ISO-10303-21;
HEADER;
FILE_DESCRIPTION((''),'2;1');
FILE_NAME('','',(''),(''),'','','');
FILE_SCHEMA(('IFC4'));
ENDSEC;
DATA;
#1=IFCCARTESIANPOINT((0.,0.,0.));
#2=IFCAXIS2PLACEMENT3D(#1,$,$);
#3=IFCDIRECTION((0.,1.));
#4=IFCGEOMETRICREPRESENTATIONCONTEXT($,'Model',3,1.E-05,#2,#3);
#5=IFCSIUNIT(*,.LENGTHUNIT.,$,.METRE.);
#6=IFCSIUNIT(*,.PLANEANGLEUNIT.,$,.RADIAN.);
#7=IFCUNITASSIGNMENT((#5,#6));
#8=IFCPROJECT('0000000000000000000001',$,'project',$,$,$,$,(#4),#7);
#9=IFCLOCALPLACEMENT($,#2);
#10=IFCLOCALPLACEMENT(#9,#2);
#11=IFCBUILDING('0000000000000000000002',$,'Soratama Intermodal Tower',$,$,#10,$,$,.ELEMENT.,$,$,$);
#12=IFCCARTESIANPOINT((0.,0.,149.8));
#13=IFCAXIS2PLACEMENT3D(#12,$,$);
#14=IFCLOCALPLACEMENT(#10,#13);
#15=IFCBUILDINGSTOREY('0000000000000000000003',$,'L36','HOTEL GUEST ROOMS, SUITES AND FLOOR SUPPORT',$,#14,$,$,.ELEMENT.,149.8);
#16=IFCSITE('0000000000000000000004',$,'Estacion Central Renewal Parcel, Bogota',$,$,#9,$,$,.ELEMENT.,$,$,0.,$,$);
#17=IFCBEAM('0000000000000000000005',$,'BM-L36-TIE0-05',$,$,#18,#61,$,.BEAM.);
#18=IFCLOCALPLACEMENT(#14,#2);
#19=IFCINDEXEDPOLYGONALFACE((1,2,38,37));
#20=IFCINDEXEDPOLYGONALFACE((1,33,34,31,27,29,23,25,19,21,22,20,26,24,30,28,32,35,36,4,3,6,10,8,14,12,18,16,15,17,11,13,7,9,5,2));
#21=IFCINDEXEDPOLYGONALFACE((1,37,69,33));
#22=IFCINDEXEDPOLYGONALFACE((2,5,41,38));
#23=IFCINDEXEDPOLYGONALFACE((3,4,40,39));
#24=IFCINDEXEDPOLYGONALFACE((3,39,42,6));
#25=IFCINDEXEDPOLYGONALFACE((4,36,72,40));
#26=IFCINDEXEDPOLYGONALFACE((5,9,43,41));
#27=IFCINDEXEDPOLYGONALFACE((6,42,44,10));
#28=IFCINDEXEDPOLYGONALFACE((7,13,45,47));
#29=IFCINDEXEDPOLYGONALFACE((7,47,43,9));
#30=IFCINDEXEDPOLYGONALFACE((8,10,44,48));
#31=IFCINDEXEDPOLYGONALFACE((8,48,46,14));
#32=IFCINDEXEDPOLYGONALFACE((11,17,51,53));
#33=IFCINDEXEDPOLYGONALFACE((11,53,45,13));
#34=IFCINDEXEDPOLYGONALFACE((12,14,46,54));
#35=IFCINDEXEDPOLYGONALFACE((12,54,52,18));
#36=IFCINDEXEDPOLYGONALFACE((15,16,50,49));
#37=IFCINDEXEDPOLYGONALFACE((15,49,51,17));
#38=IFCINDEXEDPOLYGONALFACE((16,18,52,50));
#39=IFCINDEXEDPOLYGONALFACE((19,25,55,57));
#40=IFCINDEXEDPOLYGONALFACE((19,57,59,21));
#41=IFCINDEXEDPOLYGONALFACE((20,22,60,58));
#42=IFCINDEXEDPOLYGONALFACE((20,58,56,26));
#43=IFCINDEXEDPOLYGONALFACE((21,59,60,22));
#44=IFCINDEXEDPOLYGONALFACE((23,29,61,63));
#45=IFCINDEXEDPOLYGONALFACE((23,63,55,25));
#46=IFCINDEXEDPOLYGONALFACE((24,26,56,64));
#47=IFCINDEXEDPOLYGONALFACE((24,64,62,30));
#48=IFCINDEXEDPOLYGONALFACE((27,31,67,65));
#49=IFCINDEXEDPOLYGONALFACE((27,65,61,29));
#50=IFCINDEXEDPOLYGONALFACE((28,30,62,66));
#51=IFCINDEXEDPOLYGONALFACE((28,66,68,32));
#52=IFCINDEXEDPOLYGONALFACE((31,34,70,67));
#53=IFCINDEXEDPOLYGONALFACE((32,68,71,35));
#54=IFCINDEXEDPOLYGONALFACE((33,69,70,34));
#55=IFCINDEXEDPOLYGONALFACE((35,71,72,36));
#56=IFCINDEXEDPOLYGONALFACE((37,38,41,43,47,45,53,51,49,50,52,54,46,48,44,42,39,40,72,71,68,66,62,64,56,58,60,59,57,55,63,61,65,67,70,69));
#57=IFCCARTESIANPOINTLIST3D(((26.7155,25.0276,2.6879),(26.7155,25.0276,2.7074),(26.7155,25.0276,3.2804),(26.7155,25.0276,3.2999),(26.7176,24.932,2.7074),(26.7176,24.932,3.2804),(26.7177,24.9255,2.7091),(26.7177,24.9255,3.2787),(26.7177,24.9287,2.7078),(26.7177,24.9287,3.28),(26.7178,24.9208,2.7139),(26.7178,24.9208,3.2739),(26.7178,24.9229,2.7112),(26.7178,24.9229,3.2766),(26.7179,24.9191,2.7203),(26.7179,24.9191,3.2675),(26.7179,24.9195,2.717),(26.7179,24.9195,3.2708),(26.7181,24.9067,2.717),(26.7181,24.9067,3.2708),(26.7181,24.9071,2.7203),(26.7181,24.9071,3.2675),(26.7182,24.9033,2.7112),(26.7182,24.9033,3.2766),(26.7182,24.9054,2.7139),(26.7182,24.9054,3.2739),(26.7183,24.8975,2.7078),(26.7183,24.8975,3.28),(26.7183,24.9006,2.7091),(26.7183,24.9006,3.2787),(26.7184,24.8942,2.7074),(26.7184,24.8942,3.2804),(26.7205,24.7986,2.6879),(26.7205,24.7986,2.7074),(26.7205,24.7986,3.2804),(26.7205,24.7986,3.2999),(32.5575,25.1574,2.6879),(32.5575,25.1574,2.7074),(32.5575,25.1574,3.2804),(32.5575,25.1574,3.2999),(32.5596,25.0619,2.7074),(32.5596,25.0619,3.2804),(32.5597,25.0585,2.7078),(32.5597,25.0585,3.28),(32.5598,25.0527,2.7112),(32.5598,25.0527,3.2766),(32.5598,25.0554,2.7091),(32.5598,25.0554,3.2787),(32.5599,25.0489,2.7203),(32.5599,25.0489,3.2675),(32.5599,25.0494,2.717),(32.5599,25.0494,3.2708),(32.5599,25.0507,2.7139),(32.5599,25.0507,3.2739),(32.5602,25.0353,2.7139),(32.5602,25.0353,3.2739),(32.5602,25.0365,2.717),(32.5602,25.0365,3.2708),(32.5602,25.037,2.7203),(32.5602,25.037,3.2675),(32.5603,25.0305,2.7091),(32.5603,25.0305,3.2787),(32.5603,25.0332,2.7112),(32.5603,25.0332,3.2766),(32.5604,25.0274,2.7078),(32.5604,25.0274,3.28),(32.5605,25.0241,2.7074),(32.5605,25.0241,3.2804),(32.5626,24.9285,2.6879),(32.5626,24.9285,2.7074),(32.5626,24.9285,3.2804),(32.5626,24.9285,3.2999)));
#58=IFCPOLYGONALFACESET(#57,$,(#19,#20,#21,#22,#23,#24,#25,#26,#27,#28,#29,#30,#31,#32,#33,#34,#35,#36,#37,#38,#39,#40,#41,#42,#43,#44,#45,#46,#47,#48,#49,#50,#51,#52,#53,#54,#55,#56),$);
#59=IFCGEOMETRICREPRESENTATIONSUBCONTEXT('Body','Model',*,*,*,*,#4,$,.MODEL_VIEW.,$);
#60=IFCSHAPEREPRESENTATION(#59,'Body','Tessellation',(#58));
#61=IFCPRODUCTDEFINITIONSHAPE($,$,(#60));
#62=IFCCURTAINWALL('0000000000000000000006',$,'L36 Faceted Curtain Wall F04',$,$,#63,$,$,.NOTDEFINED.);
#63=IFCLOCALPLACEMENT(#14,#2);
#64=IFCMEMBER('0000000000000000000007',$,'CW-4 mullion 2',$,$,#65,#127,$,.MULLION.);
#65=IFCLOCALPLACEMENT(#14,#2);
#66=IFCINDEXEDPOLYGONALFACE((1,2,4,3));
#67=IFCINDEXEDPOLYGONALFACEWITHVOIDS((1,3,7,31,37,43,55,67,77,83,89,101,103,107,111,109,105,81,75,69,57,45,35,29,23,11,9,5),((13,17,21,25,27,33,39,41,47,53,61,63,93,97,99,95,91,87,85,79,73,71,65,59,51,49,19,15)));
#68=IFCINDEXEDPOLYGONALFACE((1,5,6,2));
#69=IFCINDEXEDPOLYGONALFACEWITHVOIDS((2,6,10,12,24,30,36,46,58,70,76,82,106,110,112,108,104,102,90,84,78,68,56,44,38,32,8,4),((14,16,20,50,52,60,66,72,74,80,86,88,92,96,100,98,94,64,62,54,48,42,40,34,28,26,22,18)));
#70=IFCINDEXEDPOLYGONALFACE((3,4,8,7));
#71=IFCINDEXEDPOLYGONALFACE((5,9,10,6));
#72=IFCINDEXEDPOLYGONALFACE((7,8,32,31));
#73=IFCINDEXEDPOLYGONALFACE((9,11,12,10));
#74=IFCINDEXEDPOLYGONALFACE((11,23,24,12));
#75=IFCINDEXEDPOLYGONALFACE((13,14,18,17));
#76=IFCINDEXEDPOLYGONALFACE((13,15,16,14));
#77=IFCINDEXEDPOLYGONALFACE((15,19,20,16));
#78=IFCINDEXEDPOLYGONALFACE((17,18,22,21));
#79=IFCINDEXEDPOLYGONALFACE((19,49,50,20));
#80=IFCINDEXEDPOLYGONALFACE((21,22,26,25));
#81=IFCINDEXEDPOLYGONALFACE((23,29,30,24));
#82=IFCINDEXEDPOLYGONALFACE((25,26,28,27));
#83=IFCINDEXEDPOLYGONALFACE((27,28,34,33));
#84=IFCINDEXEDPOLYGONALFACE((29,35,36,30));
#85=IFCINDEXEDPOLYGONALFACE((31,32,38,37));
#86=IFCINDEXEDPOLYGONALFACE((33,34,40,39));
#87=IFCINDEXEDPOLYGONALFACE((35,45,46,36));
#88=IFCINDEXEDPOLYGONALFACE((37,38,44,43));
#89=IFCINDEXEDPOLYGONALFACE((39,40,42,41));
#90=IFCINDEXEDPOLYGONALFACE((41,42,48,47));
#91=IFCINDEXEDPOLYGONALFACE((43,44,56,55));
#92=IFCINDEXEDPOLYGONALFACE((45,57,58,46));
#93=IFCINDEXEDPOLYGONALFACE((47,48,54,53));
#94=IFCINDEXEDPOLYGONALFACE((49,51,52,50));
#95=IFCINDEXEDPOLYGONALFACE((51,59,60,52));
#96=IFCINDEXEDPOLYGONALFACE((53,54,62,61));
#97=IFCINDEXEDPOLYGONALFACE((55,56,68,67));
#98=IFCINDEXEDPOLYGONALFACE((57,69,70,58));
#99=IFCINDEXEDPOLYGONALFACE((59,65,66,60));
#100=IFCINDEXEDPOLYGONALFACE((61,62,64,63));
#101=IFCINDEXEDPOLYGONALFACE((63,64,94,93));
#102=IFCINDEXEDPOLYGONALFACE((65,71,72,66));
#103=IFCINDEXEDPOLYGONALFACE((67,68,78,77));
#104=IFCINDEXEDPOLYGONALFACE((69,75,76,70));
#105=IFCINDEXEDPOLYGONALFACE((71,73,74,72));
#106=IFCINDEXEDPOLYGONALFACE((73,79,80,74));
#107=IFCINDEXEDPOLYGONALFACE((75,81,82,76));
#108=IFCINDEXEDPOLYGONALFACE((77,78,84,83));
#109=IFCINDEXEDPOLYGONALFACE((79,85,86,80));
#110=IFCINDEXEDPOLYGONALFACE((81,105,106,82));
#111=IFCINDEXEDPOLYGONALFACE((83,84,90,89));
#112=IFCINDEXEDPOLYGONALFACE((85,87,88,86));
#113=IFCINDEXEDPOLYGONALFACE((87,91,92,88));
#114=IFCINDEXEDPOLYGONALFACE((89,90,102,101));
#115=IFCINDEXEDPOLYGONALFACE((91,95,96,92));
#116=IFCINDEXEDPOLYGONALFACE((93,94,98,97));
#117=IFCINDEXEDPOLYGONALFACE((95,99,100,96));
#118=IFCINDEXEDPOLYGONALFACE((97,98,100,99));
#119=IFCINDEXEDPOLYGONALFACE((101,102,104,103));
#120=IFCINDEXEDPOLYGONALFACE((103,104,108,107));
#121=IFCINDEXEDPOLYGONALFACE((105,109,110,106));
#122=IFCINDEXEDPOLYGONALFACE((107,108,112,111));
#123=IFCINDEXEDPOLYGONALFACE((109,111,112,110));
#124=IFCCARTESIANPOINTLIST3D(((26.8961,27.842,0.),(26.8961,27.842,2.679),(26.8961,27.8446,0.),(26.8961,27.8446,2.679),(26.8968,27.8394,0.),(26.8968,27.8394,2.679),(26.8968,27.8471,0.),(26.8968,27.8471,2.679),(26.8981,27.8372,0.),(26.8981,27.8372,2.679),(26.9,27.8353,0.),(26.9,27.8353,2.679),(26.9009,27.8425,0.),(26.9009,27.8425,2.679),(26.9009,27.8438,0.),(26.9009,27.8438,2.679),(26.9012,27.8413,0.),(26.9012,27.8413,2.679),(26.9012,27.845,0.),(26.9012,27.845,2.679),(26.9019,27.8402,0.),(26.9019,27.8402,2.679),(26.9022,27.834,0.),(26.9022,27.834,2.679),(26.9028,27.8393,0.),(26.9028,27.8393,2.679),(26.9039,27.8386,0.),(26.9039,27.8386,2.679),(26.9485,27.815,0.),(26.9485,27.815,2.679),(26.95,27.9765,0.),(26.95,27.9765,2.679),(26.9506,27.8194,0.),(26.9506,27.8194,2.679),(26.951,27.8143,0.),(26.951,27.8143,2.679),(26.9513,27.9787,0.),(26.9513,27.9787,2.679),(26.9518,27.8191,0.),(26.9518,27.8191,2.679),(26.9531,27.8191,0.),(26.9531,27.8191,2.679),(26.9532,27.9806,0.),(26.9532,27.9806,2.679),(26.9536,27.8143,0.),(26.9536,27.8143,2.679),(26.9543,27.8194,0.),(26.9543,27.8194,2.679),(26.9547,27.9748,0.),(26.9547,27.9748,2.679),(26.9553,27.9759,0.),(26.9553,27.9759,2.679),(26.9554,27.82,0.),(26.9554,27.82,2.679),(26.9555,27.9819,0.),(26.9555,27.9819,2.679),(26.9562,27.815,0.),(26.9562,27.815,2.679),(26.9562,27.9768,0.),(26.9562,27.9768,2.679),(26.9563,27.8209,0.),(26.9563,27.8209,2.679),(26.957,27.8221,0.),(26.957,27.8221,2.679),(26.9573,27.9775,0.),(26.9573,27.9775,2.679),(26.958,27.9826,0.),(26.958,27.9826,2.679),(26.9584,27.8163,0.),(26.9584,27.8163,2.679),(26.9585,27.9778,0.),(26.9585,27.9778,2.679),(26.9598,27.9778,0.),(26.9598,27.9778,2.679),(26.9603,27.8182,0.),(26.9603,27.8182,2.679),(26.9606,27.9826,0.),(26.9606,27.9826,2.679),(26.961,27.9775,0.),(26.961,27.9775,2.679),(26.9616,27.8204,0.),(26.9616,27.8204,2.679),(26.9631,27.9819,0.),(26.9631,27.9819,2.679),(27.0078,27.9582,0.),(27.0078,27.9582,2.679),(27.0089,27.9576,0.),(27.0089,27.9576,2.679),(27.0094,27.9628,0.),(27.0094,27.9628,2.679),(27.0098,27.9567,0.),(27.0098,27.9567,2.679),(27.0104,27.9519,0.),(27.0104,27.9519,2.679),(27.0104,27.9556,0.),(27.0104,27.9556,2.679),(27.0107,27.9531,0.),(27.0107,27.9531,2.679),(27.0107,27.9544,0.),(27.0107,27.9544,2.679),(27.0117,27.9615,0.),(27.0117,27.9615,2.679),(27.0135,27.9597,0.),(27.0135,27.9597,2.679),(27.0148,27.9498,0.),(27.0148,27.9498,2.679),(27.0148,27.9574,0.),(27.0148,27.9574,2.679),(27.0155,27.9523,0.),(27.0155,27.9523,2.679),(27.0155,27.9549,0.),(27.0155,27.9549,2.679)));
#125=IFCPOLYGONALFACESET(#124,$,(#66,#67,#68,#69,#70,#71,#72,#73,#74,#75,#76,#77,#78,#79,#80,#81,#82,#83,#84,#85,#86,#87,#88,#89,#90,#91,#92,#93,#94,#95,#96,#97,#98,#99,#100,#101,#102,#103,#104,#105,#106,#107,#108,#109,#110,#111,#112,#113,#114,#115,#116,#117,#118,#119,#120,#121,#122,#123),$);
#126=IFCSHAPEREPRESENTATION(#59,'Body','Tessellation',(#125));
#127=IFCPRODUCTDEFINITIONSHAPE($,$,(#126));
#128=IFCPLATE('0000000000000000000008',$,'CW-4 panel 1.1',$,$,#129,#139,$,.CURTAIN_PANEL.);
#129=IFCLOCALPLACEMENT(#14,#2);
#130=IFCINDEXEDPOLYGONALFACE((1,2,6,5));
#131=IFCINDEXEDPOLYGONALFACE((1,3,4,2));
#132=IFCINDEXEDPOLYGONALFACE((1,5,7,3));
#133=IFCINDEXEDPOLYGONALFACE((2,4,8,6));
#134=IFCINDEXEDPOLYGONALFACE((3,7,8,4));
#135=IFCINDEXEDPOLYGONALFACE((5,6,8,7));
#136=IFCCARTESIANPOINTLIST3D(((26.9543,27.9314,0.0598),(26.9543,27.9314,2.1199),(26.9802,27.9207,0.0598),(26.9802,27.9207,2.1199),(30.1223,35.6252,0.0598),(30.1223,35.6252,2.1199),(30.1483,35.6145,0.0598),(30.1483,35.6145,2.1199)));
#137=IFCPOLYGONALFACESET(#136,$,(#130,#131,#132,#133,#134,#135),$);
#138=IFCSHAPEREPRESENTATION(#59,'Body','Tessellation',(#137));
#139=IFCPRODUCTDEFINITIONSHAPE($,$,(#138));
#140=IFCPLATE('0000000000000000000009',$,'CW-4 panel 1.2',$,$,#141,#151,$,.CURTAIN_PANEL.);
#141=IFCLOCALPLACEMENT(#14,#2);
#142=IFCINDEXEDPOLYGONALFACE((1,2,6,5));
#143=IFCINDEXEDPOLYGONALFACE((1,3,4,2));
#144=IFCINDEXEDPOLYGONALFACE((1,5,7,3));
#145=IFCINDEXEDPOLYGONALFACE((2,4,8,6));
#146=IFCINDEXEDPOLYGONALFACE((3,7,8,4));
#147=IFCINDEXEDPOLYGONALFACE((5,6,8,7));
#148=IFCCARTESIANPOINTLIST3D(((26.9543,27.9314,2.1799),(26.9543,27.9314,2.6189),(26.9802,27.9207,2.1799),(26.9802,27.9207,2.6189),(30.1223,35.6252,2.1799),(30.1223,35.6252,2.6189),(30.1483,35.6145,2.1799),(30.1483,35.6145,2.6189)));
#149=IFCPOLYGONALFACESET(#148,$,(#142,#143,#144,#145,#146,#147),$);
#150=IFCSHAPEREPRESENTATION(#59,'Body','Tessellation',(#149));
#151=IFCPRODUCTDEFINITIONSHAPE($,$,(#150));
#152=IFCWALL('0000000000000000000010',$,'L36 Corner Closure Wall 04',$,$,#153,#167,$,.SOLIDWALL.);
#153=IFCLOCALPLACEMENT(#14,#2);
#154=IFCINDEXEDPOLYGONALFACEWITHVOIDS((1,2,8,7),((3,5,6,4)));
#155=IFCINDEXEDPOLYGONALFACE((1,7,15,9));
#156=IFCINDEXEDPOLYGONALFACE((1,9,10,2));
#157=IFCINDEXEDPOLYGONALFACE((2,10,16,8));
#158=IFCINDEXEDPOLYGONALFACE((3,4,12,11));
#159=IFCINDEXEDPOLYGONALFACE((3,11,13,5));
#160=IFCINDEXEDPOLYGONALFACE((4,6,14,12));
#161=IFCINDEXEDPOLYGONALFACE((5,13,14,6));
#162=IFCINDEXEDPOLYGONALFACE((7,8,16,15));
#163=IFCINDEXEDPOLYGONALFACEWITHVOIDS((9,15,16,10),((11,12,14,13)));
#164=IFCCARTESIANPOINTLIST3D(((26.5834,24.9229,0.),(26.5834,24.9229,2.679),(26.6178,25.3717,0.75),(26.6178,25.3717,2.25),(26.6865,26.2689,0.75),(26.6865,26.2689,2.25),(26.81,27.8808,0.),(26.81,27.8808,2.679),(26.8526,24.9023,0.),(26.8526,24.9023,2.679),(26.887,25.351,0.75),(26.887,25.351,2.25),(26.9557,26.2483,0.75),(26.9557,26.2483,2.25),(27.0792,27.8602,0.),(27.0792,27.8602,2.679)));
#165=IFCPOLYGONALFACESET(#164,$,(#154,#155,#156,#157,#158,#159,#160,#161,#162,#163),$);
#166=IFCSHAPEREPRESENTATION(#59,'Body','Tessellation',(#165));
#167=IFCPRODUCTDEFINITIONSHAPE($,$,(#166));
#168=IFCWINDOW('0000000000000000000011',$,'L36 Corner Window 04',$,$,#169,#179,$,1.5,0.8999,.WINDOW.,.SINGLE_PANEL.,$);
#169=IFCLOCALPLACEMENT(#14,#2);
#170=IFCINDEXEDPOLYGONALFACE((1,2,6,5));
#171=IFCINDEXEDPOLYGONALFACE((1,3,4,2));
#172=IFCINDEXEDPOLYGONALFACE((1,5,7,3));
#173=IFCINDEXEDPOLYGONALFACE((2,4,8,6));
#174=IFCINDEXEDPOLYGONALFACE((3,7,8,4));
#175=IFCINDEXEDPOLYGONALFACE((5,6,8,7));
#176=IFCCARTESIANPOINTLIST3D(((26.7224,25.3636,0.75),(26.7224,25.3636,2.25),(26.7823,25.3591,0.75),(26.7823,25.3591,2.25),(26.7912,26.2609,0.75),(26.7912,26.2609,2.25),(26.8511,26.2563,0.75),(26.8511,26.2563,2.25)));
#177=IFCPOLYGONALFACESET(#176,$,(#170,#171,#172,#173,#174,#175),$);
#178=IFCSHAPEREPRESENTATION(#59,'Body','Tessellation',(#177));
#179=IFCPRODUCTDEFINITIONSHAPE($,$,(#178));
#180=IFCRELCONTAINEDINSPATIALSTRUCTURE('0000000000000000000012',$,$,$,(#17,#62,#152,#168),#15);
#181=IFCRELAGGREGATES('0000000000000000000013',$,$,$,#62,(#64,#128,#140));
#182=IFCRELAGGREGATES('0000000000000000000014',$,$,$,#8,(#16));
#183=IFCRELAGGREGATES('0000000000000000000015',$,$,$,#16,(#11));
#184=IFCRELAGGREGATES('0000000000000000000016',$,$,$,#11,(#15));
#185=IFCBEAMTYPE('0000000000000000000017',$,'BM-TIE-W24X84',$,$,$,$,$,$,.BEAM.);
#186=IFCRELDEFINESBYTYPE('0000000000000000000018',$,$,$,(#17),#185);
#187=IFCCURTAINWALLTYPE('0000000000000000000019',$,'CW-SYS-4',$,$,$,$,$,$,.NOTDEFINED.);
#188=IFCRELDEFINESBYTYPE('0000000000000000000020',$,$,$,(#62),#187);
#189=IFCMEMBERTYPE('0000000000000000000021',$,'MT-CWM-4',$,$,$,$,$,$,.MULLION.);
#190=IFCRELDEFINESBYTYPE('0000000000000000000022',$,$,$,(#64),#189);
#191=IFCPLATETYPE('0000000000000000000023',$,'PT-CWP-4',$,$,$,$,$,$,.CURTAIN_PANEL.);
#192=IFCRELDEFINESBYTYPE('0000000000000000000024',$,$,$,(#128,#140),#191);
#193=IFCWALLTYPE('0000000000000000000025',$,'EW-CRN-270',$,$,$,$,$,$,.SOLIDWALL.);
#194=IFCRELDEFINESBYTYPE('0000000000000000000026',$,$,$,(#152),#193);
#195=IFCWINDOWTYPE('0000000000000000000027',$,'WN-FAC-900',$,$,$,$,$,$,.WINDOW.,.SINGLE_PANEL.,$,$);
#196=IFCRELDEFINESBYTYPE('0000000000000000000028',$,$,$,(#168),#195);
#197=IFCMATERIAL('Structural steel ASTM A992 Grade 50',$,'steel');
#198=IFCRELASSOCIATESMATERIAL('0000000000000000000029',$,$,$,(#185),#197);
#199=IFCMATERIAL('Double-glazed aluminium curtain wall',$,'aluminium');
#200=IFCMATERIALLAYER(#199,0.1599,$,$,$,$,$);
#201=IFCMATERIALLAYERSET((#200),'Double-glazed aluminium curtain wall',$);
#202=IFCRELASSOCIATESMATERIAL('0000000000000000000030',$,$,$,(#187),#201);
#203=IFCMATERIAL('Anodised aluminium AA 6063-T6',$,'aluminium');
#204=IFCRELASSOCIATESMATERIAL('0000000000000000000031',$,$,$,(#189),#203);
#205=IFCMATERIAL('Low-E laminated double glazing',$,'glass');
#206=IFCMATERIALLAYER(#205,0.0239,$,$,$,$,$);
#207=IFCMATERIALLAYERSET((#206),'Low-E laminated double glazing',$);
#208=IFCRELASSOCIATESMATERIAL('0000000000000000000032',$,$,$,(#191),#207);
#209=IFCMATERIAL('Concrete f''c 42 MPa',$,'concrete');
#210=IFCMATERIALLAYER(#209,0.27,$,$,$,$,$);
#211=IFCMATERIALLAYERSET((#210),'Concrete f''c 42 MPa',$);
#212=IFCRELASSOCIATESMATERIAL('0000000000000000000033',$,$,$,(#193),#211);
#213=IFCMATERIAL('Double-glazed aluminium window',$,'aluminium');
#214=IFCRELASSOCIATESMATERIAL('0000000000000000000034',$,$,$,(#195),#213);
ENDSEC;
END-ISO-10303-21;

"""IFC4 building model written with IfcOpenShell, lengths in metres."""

from ifc_helpers import new_model, si_unit, direction, frame, frame_2d, origin, origin_2d, place, context, subcontext, project, spatial, rectangle, hollow_rectangle, i_section, extrude, material, layer, layer_set, material_profile, profile_set, type_object, element, fill, aggregate, save


model = new_model("IFC4")

# Units and contexts
model_context = context("Model", 3, precision=1e-05, world=origin(), true_north=direction((0.0, 1.0)))
body_context = subcontext(model_context, "Body", "Model", "MODEL_VIEW")
ifc_project = project(units=[si_unit("LENGTHUNIT", "METRE"), si_unit("PLANEANGLEUNIT", "RADIAN")], contexts=[model_context])

# Site, building, storey
site_placement = place(None, origin())
site = spatial("IfcSite", under=ifc_project, at=site_placement, Name="Estacion Central Renewal Parcel, Bogota", CompositionType="ELEMENT", RefElevation=0.0)
building_placement = place(site_placement, origin())
building = spatial("IfcBuilding", under=site, at=building_placement, Name="Soratama Intermodal Tower", CompositionType="ELEMENT")
storey_placement = place(building_placement, frame((0.0, 0.0, 149.8)))
storey = spatial("IfcBuildingStorey", under=building, at=storey_placement, Name="L36", Description="HOTEL GUEST ROOMS, SUITES AND FLOOR SUPPORT", CompositionType="ELEMENT", Elevation=149.8)

# Beam
ifc_material_1 = material(Name="Structural steel ASTM A992 Grade 50", Category="steel")
ifc_material_profile_1 = material_profile(ifc_material_1, i_section(OverallWidth=0.229, OverallDepth=0.6121, WebThickness=0.012, FlangeThickness=0.0195, FilletRadius=0.0129, at=origin_2d()), Name="W24X84")
ifc_profile_set_1 = profile_set([ifc_material_profile_1], Name="Structural steel ASTM A992 Grade 50")
beam_type_1 = type_object("IfcBeamType", Name="BM-TIE-W24X84", PredefinedType="BEAM", material=ifc_profile_set_1)
beam_1_placement = place(storey_placement, frame((32.5601, 25.043, 2.9939), z_axis=(-0.999753, -0.022227, 0.0), x_axis=(0.022227, -0.999753, 0.0)))
element("IfcBeam", 1, at=beam_1_placement, inside=storey, type_object=beam_type_1, Name="BM-L36-TIE0-05", PredefinedType="BEAM", context=body_context, shape_type="SweptSolid", body=[
    extrude(i_section(OverallWidth=0.229, OverallDepth=0.6121, WebThickness=0.012, FlangeThickness=0.0195, FilletRadius=0.0129, at=origin_2d()), origin(), (0.0, 0.0, 1.0), 5.8435),
])

# Curtain wall, member, plates
ifc_material_2 = material(Name="Double-glazed aluminium curtain wall", Category="aluminium")
ifc_layer_1 = layer(ifc_material_2, 0.1599)
ifc_layer_set_1 = layer_set([ifc_layer_1], Name="Double-glazed aluminium curtain wall")
curtain_wall_type = type_object("IfcCurtainWallType", Name="CW-SYS-4", PredefinedType="NOTDEFINED", material=ifc_layer_set_1)
curtain_wall_placement = place(storey_placement, origin())
curtain_wall = element("IfcCurtainWall", 2, at=curtain_wall_placement, inside=storey, type_object=curtain_wall_type, Name="L36 Faceted Curtain Wall F04", PredefinedType="NOTDEFINED")
ifc_material_3 = material(Name="Anodised aluminium AA 6063-T6", Category="aluminium")
ifc_material_profile_2 = material_profile(ifc_material_3, hollow_rectangle(XDim=0.0701, YDim=0.1599, WallThickness=0.0049, InnerFilletRadius=0.0049, OuterFilletRadius=0.01, at=origin_2d()), Name="CWM160X70X5")
ifc_profile_set_2 = profile_set([ifc_material_profile_2], Name="Anodised aluminium AA 6063-T6")
member_type = type_object("IfcMemberType", Name="MT-CWM-4", PredefinedType="MULLION", material=ifc_profile_set_2)
member_placement = place(storey_placement, frame((26.9558, 27.8984, 0.0), z_axis=(0.0, 0.0, 1.0), x_axis=(0.924678, -0.38075, 0.0)))
member = element("IfcMember", 3, at=member_placement, type_object=member_type, Name="CW-4 mullion 2", PredefinedType="MULLION", context=body_context, shape_type="SweptSolid", body=[
    extrude(hollow_rectangle(XDim=0.0701, YDim=0.1599, WallThickness=0.0049, InnerFilletRadius=0.0049, OuterFilletRadius=0.01, at=origin_2d()), origin(), (0.0, 0.0, 1.0), 2.679),
])
ifc_material_4 = material(Name="Low-E laminated double glazing", Category="glass")
ifc_layer_2 = layer(ifc_material_4, 0.0239)
ifc_layer_set_2 = layer_set([ifc_layer_2], Name="Low-E laminated double glazing")
plate_type = type_object("IfcPlateType", Name="PT-CWP-4", PredefinedType="CURTAIN_PANEL", material=ifc_layer_set_2)
plate_1_placement = place(storey_placement, frame((28.5513, 31.7729, 0.0598), z_axis=(0.0, 0.0, 1.0), x_axis=(-0.38075, -0.924678, 0.0)))
plate_1 = element("IfcPlate", 4, at=plate_1_placement, type_object=plate_type, Name="CW-4 panel 1.1", PredefinedType="CURTAIN_PANEL", context=body_context, shape_type="SweptSolid", body=[
    extrude(rectangle(XDim=8.3206, YDim=0.0281, at=origin_2d()), origin(), (0.0, 0.0, 1.0), 2.0601),
])
plate_2_placement = place(storey_placement, frame((28.5513, 31.7729, 2.1799), z_axis=(0.0, 0.0, 1.0), x_axis=(-0.38075, -0.924678, 0.0)))
plate_2 = element("IfcPlate", 5, at=plate_2_placement, type_object=plate_type, Name="CW-4 panel 1.2", PredefinedType="CURTAIN_PANEL", context=body_context, shape_type="SweptSolid", body=[
    extrude(rectangle(XDim=8.3206, YDim=0.0281, at=origin_2d()), origin(), (0.0, 0.0, 1.0), 0.439),
])
aggregate(curtain_wall, [member, plate_1, plate_2])

# Wall, opening, window
ifc_material_5 = material(Name="Concrete f'c 42 MPa", Category="concrete")
ifc_layer_3 = layer(ifc_material_5, 0.27)
ifc_layer_set_3 = layer_set([ifc_layer_3], Name="Concrete f'c 42 MPa")
wall_type_1 = type_object("IfcWallType", Name="EW-CRN-270", PredefinedType="SOLIDWALL", material=ifc_layer_set_3)
wall_1_placement = place(storey_placement, frame((26.9446, 27.8706, 0.0), z_axis=(0.0, 0.0, 1.0), x_axis=(-0.076369, -0.99708, 0.0)))
wall_1 = element("IfcWall", 6, at=wall_1_placement, inside=storey, type_object=wall_type_1, Name="L36 Corner Closure Wall 04", PredefinedType="SOLIDWALL", context=body_context, shape_type="SweptSolid", body=[
    extrude(rectangle(XDim=2.9666, YDim=0.27, at=frame_2d((1.4834, 0.0))), origin(), (0.0, 0.0, 1.0), 2.679),
])
opening_1_placement = place(wall_1_placement, frame((1.6167, 0.0, 0.75)))
opening_1 = element("IfcOpeningElement", 7, at=opening_1_placement, cuts=wall_1, PredefinedType="OPENING", context=body_context, shape_type="SweptSolid", body=[
    extrude(rectangle(XDim=0.8999, YDim=1.5, at=frame_2d((0.45, 0.75))), frame((0.0, 0.145, 0.0), z_axis=(0.0, -1.0, 0.0), x_axis=(1.0, 0.0, 0.0)), (0.0, 0.0, 1.0), 0.29),
])
ifc_material_6 = material(Name="Double-glazed aluminium window", Category="aluminium")
window_type_1 = type_object("IfcWindowType", Name="WN-FAC-900", PartitioningType="SINGLE_PANEL", PredefinedType="WINDOW", material=ifc_material_6)
window_1_placement = place(opening_1_placement, origin())
window_1 = element("IfcWindow", 8, at=window_1_placement, inside=storey, type_object=window_type_1, Name="L36 Corner Window 04", OverallHeight=1.5, OverallWidth=0.8999, PartitioningType="SINGLE_PANEL", PredefinedType="WINDOW", context=body_context, shape_type="SweptSolid", body=[
    extrude(rectangle(XDim=0.8999, YDim=1.5, at=frame_2d((0.45, 0.75))), frame((0.0, 0.03, 0.0), z_axis=(0.0, -1.0, 0.0), x_axis=(1.0, 0.0, 0.0)), (0.0, 0.0, 1.0), 0.0601),
])
fill(opening_1, window_1)

save(model, "model.ifc")
